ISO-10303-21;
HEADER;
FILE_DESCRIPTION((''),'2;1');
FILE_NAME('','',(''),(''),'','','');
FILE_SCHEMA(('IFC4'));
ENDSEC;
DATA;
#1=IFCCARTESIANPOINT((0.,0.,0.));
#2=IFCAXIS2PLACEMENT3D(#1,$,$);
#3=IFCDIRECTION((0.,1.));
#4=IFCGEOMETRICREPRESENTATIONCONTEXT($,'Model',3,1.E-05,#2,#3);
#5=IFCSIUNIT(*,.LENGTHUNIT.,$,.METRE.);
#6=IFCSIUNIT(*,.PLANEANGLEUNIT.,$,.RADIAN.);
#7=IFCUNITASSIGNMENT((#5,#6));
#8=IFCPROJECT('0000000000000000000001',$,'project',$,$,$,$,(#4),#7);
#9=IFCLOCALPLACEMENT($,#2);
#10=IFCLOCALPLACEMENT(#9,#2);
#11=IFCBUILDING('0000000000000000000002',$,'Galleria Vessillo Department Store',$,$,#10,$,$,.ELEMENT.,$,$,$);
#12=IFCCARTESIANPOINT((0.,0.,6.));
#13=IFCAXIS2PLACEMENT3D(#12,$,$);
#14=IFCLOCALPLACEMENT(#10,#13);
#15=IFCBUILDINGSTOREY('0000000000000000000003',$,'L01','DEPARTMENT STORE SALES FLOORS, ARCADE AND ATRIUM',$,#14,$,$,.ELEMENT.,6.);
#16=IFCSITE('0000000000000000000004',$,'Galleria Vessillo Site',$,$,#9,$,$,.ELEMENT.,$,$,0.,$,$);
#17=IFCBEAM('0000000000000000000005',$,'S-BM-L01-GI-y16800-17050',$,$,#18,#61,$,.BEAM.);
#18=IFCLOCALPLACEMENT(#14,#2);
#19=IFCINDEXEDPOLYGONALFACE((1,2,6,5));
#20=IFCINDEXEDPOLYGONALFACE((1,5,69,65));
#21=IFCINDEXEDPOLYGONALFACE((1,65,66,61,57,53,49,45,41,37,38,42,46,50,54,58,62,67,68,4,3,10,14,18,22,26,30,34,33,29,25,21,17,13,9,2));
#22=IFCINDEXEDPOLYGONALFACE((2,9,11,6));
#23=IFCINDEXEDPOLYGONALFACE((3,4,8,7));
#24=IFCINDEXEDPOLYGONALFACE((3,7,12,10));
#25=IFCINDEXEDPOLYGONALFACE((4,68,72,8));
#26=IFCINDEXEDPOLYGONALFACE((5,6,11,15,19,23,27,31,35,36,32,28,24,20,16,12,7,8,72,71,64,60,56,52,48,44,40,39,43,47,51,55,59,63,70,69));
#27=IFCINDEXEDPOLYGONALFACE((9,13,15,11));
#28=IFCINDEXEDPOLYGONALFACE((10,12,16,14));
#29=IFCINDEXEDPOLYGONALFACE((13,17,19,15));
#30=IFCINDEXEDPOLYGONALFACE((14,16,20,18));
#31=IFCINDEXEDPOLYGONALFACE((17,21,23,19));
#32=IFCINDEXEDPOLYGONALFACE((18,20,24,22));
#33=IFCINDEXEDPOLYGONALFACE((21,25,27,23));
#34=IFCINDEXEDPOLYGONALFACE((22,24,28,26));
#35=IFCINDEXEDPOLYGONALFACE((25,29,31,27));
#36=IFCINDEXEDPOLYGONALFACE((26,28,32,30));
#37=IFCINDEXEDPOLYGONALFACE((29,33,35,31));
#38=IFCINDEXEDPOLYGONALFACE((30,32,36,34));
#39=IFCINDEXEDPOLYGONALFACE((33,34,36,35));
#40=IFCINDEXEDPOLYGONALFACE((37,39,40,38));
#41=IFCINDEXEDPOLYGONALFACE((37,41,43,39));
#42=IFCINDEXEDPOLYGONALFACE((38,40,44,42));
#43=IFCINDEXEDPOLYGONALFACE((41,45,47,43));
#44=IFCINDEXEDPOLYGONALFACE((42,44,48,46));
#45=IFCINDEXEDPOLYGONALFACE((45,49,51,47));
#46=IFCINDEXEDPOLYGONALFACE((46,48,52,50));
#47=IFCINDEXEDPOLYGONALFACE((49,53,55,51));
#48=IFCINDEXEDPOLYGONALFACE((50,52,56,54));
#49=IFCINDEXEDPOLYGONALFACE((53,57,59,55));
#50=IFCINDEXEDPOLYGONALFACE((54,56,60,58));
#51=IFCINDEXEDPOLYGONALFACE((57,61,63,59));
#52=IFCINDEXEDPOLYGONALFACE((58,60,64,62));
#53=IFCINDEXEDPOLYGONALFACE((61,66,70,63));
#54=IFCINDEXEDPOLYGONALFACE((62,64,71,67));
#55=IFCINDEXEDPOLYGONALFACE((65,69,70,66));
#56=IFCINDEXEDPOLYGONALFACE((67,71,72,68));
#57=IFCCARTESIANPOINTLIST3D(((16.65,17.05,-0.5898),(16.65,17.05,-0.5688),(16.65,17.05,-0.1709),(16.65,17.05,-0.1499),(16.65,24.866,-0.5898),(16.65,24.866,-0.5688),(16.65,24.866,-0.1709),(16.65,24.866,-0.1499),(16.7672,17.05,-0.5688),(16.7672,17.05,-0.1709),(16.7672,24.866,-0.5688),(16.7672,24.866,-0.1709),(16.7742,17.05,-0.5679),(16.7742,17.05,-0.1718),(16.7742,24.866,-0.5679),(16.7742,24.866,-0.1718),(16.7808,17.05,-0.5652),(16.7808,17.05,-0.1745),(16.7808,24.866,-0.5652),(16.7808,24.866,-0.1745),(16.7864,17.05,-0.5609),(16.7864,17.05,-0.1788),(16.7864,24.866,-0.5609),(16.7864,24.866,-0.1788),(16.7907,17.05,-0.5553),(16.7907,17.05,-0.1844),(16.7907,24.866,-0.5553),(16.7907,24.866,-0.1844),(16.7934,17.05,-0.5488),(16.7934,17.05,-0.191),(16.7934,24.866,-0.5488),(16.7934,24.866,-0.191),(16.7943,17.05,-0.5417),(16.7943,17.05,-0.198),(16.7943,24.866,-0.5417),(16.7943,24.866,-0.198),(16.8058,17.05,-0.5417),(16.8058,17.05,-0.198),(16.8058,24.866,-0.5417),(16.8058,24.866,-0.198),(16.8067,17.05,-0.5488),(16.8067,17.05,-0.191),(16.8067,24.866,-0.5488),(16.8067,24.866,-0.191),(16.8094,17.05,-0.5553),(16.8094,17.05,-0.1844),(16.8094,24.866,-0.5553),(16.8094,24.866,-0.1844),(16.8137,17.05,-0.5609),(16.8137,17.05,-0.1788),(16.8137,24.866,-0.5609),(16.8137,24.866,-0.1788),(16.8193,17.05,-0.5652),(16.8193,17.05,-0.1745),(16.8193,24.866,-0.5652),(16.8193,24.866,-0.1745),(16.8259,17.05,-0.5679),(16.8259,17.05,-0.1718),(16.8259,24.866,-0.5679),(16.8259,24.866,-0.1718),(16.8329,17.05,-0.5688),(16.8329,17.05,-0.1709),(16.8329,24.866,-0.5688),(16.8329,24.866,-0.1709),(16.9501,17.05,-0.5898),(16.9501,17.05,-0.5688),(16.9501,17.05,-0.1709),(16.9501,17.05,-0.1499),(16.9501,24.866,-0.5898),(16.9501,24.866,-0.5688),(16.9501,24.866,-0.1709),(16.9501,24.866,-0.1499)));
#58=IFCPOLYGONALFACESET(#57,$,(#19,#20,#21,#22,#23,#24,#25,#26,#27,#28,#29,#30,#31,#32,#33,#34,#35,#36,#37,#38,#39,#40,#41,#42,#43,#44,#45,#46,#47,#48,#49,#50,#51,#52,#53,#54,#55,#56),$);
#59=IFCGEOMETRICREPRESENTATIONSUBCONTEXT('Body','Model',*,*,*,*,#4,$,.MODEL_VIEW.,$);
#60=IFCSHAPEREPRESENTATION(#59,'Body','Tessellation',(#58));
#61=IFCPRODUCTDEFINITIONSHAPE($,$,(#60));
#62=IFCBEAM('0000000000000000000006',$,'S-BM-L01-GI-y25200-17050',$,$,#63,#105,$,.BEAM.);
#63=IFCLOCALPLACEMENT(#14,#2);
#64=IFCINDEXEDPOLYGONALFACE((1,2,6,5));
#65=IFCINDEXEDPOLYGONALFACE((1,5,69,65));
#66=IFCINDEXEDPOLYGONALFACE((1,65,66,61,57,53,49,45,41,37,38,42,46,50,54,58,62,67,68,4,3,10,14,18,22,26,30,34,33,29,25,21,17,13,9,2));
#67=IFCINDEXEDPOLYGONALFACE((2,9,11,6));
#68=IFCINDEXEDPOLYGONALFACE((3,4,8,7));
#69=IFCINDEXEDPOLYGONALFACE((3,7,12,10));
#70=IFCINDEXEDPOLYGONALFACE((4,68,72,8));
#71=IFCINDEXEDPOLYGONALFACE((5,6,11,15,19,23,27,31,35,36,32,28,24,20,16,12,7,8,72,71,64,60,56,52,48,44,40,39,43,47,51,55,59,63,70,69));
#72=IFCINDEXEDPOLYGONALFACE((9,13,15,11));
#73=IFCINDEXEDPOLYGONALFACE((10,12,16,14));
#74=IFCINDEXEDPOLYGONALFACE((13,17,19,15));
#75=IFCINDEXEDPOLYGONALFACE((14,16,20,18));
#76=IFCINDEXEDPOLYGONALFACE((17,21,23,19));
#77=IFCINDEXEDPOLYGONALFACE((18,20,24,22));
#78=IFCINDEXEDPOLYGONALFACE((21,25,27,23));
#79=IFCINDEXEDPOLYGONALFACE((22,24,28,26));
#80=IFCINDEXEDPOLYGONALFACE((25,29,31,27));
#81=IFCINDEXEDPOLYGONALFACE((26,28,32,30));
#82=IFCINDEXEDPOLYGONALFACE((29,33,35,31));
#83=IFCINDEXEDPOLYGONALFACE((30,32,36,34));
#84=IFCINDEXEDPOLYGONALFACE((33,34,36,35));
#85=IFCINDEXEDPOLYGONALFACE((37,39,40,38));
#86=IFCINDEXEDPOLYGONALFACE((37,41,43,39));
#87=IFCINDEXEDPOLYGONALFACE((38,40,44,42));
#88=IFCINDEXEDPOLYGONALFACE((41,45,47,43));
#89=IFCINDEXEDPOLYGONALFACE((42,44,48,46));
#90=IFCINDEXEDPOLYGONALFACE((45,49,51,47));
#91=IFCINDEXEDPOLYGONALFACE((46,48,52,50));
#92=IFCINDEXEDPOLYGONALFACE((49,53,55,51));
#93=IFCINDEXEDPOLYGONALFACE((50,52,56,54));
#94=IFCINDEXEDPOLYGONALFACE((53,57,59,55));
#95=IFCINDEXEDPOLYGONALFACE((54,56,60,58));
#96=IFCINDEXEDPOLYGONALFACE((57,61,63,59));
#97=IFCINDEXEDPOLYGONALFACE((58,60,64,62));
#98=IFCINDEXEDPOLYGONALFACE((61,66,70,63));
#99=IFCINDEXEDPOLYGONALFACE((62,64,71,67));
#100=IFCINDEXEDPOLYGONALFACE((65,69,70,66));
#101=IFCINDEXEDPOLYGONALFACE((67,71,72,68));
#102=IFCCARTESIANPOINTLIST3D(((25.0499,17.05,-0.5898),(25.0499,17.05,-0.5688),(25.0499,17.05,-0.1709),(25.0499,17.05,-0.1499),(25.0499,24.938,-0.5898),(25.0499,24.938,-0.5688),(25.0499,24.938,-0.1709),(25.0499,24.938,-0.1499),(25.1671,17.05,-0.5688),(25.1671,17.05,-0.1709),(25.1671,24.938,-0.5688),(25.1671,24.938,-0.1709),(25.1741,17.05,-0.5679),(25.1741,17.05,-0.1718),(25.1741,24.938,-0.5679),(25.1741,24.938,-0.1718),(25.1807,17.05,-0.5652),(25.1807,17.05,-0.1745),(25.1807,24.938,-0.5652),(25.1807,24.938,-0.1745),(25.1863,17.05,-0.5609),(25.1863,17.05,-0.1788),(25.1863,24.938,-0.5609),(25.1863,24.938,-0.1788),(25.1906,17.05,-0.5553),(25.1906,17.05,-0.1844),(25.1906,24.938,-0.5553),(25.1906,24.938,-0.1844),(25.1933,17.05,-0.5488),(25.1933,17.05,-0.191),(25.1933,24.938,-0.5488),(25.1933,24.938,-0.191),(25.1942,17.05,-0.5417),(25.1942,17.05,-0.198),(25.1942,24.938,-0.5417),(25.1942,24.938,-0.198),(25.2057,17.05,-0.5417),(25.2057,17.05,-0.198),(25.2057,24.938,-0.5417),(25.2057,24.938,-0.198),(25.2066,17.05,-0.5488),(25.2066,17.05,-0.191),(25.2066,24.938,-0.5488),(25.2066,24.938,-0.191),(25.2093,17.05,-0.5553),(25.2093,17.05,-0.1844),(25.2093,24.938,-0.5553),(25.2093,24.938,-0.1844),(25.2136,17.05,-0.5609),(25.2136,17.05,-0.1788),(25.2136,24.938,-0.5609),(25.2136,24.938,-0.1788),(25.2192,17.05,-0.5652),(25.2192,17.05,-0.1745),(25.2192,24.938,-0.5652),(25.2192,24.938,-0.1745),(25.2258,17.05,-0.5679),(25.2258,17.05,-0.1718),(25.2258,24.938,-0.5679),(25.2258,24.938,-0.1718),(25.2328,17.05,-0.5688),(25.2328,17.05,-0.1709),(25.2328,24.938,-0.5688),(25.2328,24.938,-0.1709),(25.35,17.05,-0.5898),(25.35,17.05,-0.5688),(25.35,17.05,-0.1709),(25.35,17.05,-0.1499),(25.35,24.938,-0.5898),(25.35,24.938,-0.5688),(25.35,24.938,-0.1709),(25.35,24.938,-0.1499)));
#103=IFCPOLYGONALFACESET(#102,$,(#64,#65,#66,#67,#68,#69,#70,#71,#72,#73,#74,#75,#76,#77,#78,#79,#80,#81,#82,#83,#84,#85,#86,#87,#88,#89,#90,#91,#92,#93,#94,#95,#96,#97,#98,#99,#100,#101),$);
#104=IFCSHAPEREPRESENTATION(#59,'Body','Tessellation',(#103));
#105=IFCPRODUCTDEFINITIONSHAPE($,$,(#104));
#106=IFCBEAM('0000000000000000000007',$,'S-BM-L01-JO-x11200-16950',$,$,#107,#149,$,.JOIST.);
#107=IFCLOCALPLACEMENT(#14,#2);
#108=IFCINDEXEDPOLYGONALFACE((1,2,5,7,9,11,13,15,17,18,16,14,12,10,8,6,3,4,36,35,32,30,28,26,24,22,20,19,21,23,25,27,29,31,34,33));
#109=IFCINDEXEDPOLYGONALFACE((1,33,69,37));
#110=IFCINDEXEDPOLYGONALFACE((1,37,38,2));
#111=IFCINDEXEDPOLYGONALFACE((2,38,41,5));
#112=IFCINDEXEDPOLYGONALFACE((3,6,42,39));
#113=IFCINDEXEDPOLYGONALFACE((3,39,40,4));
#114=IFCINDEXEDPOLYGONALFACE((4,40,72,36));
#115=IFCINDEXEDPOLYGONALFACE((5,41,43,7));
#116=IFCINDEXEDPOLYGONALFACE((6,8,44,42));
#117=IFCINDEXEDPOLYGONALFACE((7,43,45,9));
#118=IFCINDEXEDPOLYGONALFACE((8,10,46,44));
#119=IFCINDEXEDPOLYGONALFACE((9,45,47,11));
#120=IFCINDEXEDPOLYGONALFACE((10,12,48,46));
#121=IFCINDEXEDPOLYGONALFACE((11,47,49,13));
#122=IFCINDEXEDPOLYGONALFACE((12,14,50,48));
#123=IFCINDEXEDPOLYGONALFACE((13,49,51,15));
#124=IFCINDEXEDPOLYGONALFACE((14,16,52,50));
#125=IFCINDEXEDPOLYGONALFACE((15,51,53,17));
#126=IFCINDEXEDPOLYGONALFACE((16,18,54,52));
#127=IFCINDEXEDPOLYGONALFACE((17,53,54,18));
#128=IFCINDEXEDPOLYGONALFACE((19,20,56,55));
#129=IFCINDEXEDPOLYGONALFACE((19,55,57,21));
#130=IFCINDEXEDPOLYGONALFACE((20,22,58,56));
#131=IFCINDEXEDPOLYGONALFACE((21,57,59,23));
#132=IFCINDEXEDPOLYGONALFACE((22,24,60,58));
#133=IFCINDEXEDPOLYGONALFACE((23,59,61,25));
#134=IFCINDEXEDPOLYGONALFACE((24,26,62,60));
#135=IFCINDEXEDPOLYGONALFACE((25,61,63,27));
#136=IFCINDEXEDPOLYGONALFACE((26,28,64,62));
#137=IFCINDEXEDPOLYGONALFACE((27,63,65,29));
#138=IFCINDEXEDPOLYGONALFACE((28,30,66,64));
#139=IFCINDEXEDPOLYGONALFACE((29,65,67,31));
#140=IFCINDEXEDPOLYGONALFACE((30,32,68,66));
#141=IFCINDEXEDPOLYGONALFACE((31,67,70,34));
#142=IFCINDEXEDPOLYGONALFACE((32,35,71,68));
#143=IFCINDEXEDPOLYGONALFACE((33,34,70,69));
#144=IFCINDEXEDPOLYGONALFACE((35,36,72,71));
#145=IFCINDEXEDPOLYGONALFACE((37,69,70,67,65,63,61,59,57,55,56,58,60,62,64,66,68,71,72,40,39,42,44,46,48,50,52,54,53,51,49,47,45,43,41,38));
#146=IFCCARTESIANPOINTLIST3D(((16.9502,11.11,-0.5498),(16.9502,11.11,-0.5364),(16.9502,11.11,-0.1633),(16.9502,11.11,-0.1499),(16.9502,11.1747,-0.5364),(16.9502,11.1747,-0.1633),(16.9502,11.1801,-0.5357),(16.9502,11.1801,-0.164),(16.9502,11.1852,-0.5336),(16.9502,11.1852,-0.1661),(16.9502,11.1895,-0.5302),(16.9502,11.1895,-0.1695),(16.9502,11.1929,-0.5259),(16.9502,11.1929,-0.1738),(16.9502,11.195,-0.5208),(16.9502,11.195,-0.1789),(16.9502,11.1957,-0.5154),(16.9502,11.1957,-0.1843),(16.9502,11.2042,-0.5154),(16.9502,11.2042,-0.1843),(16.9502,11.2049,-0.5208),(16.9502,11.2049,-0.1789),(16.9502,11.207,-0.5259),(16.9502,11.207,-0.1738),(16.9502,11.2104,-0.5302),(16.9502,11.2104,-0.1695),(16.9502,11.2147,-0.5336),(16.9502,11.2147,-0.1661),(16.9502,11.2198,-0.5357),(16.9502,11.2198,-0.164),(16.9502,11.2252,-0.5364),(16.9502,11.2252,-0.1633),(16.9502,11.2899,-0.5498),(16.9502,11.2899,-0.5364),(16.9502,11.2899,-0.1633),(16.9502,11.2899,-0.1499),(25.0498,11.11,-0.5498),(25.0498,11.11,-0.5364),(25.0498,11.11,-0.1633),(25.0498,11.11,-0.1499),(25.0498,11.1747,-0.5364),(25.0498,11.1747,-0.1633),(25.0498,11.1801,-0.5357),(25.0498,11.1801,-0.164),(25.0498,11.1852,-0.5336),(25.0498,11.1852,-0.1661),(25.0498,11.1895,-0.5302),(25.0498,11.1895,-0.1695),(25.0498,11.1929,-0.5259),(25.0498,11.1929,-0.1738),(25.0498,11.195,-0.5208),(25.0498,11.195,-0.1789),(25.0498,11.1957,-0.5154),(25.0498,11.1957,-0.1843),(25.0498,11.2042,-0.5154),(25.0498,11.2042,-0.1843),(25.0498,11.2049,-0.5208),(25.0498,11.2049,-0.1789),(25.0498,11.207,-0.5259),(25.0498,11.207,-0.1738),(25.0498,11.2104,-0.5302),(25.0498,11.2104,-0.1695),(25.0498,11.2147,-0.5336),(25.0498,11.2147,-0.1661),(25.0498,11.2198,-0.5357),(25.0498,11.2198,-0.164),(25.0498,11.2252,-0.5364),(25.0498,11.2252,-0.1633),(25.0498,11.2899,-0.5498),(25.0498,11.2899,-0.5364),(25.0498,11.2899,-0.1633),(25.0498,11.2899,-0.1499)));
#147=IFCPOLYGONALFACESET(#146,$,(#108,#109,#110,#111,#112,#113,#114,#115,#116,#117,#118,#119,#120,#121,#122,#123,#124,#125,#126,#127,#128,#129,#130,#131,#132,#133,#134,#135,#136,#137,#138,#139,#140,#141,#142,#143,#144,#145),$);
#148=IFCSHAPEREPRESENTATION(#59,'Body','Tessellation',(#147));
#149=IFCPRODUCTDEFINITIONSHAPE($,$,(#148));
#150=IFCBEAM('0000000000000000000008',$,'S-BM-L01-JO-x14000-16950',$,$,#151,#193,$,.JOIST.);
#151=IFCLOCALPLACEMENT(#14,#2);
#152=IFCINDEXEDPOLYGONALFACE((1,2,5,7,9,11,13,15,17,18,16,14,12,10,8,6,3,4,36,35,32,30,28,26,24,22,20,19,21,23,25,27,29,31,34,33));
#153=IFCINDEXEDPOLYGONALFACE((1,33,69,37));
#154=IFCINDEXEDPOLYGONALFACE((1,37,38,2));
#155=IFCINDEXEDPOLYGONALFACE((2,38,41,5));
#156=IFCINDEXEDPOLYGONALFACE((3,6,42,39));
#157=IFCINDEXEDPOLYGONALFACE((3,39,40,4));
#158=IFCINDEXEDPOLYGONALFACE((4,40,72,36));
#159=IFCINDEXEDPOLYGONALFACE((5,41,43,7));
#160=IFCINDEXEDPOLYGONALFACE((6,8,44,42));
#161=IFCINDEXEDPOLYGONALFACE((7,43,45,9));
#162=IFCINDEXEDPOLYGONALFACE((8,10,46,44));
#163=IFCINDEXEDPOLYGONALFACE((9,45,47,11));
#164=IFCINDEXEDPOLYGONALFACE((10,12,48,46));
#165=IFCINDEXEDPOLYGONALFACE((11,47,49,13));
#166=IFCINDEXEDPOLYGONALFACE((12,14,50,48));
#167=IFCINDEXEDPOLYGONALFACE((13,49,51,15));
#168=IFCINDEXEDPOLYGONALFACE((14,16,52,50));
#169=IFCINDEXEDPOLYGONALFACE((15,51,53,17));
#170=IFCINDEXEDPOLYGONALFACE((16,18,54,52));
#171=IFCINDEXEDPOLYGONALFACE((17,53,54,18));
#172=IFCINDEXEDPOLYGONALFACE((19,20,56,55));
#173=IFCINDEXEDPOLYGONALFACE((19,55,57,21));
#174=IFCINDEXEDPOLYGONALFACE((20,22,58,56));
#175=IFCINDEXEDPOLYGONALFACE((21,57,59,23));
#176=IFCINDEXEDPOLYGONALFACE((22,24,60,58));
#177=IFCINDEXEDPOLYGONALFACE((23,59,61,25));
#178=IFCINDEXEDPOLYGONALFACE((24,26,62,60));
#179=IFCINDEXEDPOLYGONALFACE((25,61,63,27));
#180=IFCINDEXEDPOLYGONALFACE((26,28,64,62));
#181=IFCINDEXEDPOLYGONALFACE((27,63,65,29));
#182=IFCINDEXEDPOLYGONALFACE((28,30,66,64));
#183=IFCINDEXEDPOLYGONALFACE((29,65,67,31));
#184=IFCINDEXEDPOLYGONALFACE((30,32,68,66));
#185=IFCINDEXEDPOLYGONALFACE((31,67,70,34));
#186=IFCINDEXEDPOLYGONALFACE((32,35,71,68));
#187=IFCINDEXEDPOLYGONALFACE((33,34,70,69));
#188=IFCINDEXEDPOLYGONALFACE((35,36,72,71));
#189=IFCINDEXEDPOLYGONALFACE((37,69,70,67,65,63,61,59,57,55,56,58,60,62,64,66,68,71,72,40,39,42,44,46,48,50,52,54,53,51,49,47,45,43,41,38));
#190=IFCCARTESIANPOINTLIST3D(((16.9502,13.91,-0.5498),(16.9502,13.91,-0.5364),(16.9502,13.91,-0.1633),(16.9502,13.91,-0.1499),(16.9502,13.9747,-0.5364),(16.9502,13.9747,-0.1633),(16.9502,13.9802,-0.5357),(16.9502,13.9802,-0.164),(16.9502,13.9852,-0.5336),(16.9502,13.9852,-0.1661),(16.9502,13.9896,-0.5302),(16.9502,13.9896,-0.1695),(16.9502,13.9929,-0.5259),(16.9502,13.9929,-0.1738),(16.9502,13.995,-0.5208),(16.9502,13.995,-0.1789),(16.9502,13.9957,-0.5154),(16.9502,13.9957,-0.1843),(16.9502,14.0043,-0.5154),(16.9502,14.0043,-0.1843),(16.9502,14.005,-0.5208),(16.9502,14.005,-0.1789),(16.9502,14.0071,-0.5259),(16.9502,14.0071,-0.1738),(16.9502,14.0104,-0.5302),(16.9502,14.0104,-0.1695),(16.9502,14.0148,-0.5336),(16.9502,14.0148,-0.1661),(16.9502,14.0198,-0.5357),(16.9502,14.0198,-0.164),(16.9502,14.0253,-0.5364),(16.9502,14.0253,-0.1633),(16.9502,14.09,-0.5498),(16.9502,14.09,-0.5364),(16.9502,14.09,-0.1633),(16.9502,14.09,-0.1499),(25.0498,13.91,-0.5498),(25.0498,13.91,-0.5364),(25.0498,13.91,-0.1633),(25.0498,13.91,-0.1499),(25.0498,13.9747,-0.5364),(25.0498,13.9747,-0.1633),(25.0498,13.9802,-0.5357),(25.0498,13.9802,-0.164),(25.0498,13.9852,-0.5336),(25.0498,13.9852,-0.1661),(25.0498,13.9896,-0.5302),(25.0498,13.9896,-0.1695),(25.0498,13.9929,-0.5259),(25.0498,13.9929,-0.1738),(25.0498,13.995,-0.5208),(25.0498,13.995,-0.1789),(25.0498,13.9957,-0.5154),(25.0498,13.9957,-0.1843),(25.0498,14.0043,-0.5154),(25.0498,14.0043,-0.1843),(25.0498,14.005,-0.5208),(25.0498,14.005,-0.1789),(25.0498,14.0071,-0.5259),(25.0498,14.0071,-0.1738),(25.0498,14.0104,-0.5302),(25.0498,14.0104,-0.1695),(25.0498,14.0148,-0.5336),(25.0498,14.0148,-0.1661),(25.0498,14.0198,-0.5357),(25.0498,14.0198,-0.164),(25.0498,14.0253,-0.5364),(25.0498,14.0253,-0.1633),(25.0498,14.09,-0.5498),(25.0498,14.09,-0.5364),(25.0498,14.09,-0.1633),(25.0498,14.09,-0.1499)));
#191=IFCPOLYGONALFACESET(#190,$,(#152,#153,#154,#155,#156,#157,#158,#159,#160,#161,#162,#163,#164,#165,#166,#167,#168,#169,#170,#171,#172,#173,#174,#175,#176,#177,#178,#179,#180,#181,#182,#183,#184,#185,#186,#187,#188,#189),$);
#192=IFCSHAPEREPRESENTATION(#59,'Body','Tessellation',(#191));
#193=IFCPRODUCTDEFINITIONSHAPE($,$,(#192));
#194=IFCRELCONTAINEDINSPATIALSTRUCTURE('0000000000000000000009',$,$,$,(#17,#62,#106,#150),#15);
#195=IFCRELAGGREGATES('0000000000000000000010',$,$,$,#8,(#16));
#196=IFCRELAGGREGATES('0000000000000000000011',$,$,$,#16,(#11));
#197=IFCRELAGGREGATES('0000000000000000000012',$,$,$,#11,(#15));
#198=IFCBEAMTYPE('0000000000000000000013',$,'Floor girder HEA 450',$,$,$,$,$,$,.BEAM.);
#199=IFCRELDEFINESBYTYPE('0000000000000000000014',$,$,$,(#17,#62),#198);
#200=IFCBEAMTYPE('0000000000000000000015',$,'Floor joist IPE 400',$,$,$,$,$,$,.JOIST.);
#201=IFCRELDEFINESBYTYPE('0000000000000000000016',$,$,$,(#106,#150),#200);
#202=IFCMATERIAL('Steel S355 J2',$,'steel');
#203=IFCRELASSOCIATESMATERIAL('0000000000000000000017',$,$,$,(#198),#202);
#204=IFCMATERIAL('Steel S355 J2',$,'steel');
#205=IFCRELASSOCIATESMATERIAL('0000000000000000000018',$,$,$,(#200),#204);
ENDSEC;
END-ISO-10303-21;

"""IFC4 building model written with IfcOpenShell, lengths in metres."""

from ifc_helpers import new_model, si_unit, direction, frame, origin, origin_2d, place, context, subcontext, project, spatial, i_section, extrude, material, material_profile, profile_set, type_object, element, save


model = new_model("IFC4")

# Units and contexts
model_context = context("Model", 3, precision=1e-05, world=origin(), true_north=direction((0.0, 1.0)))
body_context = subcontext(model_context, "Body", "Model", "MODEL_VIEW")
ifc_project = project(units=[si_unit("LENGTHUNIT", "METRE"), si_unit("PLANEANGLEUNIT", "RADIAN")], contexts=[model_context])

# Site, building, storey
site_placement = place(None, origin())
site = spatial("IfcSite", under=ifc_project, at=site_placement, Name="Galleria Vessillo Site", CompositionType="ELEMENT", RefElevation=0.0)
building_placement = place(site_placement, origin())
building = spatial("IfcBuilding", under=site, at=building_placement, Name="Galleria Vessillo Department Store", CompositionType="ELEMENT")
storey_placement = place(building_placement, frame((0.0, 0.0, 6.0)))
storey = spatial("IfcBuildingStorey", under=building, at=storey_placement, Name="L01", Description="DEPARTMENT STORE SALES FLOORS, ARCADE AND ATRIUM", CompositionType="ELEMENT", Elevation=6.0)

# Beams
ifc_material_1 = material(Name="Steel S355 J2", Category="steel")
ifc_material_profile_1 = material_profile(ifc_material_1, i_section(OverallWidth=0.3, OverallDepth=0.4399, WebThickness=0.0115, FlangeThickness=0.021, FilletRadius=0.0271, at=origin_2d()), Name="HEA 450")
ifc_profile_set_1 = profile_set([ifc_material_profile_1], Name="Steel S355 J2")
beam_type_1 = type_object("IfcBeamType", Name="Floor girder HEA 450", PredefinedType="BEAM", material=ifc_profile_set_1)
beam_1_placement = place(storey_placement, frame((16.8, 17.05, -0.3699), z_axis=(0.0, 1.0, 0.0), x_axis=(-1.0, 0.0, 0.0)))
element("IfcBeam", 1, at=beam_1_placement, inside=storey, type_object=beam_type_1, Name="S-BM-L01-GI-y16800-17050", PredefinedType="BEAM", context=body_context, shape_type="SweptSolid", body=[
    extrude(i_section(OverallWidth=0.3, OverallDepth=0.4399, WebThickness=0.0115, FlangeThickness=0.021, FilletRadius=0.0271, at=origin_2d()), origin(), (0.0, 0.0, 1.0), 7.8159),
])
beam_2_placement = place(storey_placement, frame((25.2, 17.05, -0.3699), z_axis=(0.0, 1.0, 0.0), x_axis=(-1.0, 0.0, 0.0)))
element("IfcBeam", 2, at=beam_2_placement, inside=storey, type_object=beam_type_1, Name="S-BM-L01-GI-y25200-17050", PredefinedType="BEAM", context=body_context, shape_type="SweptSolid", body=[
    extrude(i_section(OverallWidth=0.3, OverallDepth=0.4399, WebThickness=0.0115, FlangeThickness=0.021, FilletRadius=0.0271, at=origin_2d()), origin(), (0.0, 0.0, 1.0), 7.8879),
])
ifc_material_2 = material(Name="Steel S355 J2", Category="steel")
ifc_material_profile_2 = material_profile(ifc_material_2, i_section(OverallWidth=0.1799, OverallDepth=0.3999, WebThickness=0.0085, FlangeThickness=0.0134, FilletRadius=0.021, at=origin_2d()), Name="IPE 400")
ifc_profile_set_2 = profile_set([ifc_material_profile_2], Name="Steel S355 J2")
beam_type_2 = type_object("IfcBeamType", Name="Floor joist IPE 400", PredefinedType="JOIST", material=ifc_profile_set_2)
for number, where, z_axis, x_axis, name in (
    (3, (16.9502, 11.2, -0.3499), (1.0, 0.0, 0.0), (0.0, 1.0, 0.0), "S-BM-L01-JO-x11200-16950"),
    (4, (16.9502, 14.0, -0.3499), (1.0, 0.0, 0.0), (0.0, 1.0, 0.0), "S-BM-L01-JO-x14000-16950"),
):
    element("IfcBeam", number, at=place(storey_placement, frame(where, z_axis=z_axis, x_axis=x_axis)), inside=storey, type_object=beam_type_2, Name=name, PredefinedType="JOIST", context=body_context, shape_type="SweptSolid", body=[
        extrude(i_section(OverallWidth=0.1799, OverallDepth=0.3999, WebThickness=0.0085, FlangeThickness=0.0134, FilletRadius=0.021, at=origin_2d()), origin(), (0.0, 0.0, 1.0), 8.0996),
    ])

save(model, "model.ifc")
